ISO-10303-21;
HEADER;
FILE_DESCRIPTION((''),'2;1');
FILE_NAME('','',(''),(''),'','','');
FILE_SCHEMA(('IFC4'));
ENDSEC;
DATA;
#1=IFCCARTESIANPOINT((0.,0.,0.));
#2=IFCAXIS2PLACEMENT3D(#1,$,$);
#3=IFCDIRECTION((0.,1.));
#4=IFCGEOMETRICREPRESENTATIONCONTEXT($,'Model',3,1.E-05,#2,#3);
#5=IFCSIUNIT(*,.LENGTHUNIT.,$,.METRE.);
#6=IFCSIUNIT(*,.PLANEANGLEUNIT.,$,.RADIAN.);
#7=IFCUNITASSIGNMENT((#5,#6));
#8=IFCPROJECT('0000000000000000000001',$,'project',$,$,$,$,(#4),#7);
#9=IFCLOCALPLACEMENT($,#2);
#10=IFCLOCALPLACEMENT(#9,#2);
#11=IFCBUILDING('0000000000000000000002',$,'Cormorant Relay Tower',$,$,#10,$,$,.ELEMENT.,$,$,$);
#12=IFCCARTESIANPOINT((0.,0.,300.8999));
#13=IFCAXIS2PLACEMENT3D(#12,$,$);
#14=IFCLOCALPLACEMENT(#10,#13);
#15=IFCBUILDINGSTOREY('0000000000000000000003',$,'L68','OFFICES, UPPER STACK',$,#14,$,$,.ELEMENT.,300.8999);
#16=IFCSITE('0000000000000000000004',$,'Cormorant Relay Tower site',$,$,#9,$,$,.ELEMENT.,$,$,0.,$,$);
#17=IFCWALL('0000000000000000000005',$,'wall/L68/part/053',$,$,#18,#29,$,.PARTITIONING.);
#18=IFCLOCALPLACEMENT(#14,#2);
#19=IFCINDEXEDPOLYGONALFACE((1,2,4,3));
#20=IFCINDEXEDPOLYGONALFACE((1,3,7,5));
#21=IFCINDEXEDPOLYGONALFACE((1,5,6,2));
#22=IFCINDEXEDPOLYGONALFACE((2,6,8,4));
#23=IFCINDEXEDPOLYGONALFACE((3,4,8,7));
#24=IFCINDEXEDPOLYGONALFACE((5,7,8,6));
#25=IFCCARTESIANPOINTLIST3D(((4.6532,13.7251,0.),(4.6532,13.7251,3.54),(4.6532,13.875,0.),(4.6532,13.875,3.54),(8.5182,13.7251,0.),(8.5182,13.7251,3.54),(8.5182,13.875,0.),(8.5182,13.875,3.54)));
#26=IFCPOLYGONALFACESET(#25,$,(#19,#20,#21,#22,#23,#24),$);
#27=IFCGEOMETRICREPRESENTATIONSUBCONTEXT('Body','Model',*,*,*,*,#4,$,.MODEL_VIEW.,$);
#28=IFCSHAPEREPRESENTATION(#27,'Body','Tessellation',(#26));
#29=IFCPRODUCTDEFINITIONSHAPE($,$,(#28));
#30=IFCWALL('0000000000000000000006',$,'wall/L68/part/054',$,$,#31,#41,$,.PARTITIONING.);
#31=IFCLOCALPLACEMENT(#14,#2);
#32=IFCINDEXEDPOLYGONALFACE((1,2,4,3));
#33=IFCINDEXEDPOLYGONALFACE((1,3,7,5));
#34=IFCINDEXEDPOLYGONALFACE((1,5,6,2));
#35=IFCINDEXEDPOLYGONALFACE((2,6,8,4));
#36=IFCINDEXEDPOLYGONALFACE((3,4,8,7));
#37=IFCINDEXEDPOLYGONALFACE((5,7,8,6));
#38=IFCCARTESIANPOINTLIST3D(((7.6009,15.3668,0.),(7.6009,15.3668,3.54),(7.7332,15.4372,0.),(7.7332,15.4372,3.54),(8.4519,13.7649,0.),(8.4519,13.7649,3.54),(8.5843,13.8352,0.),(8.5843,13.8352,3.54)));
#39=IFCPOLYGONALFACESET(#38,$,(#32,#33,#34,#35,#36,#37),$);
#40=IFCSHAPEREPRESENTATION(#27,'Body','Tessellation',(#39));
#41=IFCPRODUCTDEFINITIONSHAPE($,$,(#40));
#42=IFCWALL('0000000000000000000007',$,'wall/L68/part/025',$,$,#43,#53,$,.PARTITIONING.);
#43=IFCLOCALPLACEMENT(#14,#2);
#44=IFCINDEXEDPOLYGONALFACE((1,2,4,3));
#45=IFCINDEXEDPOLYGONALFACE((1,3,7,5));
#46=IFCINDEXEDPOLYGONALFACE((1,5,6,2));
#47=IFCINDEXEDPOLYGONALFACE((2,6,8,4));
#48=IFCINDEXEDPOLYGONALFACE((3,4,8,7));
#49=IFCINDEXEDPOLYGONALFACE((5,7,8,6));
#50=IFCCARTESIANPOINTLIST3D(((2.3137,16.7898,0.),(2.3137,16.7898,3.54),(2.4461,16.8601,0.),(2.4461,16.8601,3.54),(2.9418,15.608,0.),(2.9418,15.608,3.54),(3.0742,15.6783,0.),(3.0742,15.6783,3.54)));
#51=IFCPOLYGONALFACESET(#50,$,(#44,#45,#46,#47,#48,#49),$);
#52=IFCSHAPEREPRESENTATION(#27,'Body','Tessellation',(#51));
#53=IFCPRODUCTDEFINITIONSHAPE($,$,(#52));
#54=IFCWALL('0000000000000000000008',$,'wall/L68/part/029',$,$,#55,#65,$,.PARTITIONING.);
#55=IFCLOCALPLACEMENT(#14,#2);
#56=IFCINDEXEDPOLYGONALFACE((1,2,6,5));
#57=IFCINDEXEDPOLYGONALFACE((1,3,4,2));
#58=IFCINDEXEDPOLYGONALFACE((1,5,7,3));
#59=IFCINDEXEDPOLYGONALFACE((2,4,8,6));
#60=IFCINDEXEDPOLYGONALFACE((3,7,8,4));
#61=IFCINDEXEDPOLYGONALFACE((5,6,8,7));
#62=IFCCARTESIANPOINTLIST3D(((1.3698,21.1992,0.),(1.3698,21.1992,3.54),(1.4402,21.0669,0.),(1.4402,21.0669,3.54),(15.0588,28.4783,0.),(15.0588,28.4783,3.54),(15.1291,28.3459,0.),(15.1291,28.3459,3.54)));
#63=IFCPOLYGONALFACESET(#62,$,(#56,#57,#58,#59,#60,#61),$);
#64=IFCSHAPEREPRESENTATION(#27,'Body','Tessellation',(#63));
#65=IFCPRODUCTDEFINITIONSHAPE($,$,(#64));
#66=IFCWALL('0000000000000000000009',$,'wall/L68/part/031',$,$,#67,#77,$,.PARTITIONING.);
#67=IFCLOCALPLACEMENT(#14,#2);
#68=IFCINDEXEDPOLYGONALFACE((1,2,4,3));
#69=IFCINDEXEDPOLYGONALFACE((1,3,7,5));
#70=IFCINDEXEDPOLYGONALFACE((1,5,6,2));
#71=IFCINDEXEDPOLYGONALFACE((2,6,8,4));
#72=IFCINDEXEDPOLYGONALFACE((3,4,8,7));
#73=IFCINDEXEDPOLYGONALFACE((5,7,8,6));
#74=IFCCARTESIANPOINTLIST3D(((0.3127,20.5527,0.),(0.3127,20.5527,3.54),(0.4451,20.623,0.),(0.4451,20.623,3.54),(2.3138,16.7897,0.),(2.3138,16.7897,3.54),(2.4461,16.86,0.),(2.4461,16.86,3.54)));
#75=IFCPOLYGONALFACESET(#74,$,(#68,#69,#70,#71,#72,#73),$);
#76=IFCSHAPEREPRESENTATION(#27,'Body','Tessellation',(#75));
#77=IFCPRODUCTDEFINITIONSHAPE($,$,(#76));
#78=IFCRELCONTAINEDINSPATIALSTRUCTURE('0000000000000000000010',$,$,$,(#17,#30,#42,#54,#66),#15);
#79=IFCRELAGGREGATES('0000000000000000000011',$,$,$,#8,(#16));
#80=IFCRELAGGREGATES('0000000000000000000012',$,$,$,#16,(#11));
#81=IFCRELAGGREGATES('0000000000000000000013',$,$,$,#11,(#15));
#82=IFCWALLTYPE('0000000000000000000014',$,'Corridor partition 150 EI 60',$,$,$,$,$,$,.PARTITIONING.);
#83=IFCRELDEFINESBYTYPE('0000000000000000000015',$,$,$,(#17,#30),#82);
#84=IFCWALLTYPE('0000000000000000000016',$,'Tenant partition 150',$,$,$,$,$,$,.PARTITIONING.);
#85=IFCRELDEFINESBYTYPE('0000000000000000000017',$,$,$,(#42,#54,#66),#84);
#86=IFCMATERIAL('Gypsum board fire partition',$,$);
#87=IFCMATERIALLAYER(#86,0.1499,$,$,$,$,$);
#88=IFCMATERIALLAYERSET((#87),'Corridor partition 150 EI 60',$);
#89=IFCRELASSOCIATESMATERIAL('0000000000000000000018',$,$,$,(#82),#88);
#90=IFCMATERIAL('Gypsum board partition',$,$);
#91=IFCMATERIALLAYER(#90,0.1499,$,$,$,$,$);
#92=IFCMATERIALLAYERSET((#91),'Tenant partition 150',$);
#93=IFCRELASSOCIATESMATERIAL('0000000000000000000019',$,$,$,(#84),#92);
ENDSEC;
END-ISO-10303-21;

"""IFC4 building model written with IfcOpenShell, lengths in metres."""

from ifc_helpers import new_model, si_unit, direction, frame, frame_2d, origin, place, context, subcontext, project, spatial, rectangle, extrude, material, layer, layer_set, type_object, element, save


model = new_model("IFC4")

# Units and contexts
model_context = context("Model", 3, precision=1e-05, world=origin(), true_north=direction((0.0, 1.0)))
body_context = subcontext(model_context, "Body", "Model", "MODEL_VIEW")
ifc_project = project(units=[si_unit("LENGTHUNIT", "METRE"), si_unit("PLANEANGLEUNIT", "RADIAN")], contexts=[model_context])

# Site, building, storey
site_placement = place(None, origin())
site = spatial("IfcSite", under=ifc_project, at=site_placement, Name="Cormorant Relay Tower site", CompositionType="ELEMENT", RefElevation=0.0)
building_placement = place(site_placement, origin())
building = spatial("IfcBuilding", under=site, at=building_placement, Name="Cormorant Relay Tower", CompositionType="ELEMENT")
storey_placement = place(building_placement, frame((0.0, 0.0, 300.8999)))
storey = spatial("IfcBuildingStorey", under=building, at=storey_placement, Name="L68", Description="OFFICES, UPPER STACK", CompositionType="ELEMENT", Elevation=300.8999)

# Shared definitions
ifc_material_1 = material(Name="Gypsum board fire partition")
ifc_layer_1 = layer(ifc_material_1, 0.1499)
ifc_layer_set_1 = layer_set([ifc_layer_1], Name="Corridor partition 150 EI 60")
wall_type_1 = type_object("IfcWallType", Name="Corridor partition 150 EI 60", PredefinedType="PARTITIONING", material=ifc_layer_set_1)

# Walls
wall_1_placement = place(storey_placement, frame((4.6531, 13.8, 0.0), z_axis=(0.0, 0.0, 1.0), x_axis=(1.0, 0.0, 0.0)))
element("IfcWall", 1, at=wall_1_placement, inside=storey, type_object=wall_type_1, Name="wall/L68/part/053", PredefinedType="PARTITIONING", context=body_context, shape_type="SweptSolid", body=[
    extrude(rectangle(XDim=3.865, YDim=0.1499, at=frame_2d((1.9326, 0.0))), origin(), (0.0, 0.0, 1.0), 3.54),
])
wall_2_placement = place(storey_placement, frame((8.5181, 13.8, 0.0), z_axis=(0.0, 0.0, 1.0), x_axis=(-0.469149, 0.883119, 0.0)))
element("IfcWall", 2, at=wall_2_placement, inside=storey, type_object=wall_type_1, Name="wall/L68/part/054", PredefinedType="PARTITIONING", context=body_context, shape_type="SweptSolid", body=[
    extrude(rectangle(XDim=1.814, YDim=0.1499, at=frame_2d((0.907, 0.0))), origin(), (0.0, 0.0, 1.0), 3.54),
])
ifc_material_2 = material(Name="Gypsum board partition")
ifc_layer_2 = layer(ifc_material_2, 0.1499)
ifc_layer_set_2 = layer_set([ifc_layer_2], Name="Tenant partition 150")
wall_type_2 = type_object("IfcWallType", Name="Tenant partition 150", PredefinedType="PARTITIONING", material=ifc_layer_set_2)
wall_3_placement = place(storey_placement, frame((2.3799, 16.825, 0.0), z_axis=(0.0, 0.0, 1.0), x_axis=(0.469329, -0.883024, 0.0)))
element("IfcWall", 3, at=wall_3_placement, inside=storey, type_object=wall_type_2, Name="wall/L68/part/025", PredefinedType="PARTITIONING", context=body_context, shape_type="SweptSolid", body=[
    extrude(rectangle(XDim=1.3384, YDim=0.1499, at=frame_2d((0.6692, 0.0))), origin(), (0.0, 0.0, 1.0), 3.54),
])
wall_4_placement = place(storey_placement, frame((1.405, 21.1331, 0.0), z_axis=(0.0, 0.0, 1.0), x_axis=(0.882934, 0.469497, 0.0)))
element("IfcWall", 4, at=wall_4_placement, inside=storey, type_object=wall_type_2, Name="wall/L68/part/029", PredefinedType="PARTITIONING", context=body_context, shape_type="SweptSolid", body=[
    extrude(rectangle(XDim=15.5039, YDim=0.1499, at=frame_2d((7.752, 0.0))), origin(), (0.0, 0.0, 1.0), 3.54),
])
wall_5_placement = place(storey_placement, frame((2.3799, 16.825, 0.0), z_axis=(0.0, 0.0, 1.0), x_axis=(-0.469506, 0.882929, 0.0)))
element("IfcWall", 5, at=wall_5_placement, inside=storey, type_object=wall_type_2, Name="wall/L68/part/031", PredefinedType="PARTITIONING", context=body_context, shape_type="SweptSolid", body=[
    extrude(rectangle(XDim=4.262, YDim=0.1499, at=frame_2d((2.1309, 0.0))), origin(), (0.0, 0.0, 1.0), 3.54),
])

save(model, "model.ifc")
